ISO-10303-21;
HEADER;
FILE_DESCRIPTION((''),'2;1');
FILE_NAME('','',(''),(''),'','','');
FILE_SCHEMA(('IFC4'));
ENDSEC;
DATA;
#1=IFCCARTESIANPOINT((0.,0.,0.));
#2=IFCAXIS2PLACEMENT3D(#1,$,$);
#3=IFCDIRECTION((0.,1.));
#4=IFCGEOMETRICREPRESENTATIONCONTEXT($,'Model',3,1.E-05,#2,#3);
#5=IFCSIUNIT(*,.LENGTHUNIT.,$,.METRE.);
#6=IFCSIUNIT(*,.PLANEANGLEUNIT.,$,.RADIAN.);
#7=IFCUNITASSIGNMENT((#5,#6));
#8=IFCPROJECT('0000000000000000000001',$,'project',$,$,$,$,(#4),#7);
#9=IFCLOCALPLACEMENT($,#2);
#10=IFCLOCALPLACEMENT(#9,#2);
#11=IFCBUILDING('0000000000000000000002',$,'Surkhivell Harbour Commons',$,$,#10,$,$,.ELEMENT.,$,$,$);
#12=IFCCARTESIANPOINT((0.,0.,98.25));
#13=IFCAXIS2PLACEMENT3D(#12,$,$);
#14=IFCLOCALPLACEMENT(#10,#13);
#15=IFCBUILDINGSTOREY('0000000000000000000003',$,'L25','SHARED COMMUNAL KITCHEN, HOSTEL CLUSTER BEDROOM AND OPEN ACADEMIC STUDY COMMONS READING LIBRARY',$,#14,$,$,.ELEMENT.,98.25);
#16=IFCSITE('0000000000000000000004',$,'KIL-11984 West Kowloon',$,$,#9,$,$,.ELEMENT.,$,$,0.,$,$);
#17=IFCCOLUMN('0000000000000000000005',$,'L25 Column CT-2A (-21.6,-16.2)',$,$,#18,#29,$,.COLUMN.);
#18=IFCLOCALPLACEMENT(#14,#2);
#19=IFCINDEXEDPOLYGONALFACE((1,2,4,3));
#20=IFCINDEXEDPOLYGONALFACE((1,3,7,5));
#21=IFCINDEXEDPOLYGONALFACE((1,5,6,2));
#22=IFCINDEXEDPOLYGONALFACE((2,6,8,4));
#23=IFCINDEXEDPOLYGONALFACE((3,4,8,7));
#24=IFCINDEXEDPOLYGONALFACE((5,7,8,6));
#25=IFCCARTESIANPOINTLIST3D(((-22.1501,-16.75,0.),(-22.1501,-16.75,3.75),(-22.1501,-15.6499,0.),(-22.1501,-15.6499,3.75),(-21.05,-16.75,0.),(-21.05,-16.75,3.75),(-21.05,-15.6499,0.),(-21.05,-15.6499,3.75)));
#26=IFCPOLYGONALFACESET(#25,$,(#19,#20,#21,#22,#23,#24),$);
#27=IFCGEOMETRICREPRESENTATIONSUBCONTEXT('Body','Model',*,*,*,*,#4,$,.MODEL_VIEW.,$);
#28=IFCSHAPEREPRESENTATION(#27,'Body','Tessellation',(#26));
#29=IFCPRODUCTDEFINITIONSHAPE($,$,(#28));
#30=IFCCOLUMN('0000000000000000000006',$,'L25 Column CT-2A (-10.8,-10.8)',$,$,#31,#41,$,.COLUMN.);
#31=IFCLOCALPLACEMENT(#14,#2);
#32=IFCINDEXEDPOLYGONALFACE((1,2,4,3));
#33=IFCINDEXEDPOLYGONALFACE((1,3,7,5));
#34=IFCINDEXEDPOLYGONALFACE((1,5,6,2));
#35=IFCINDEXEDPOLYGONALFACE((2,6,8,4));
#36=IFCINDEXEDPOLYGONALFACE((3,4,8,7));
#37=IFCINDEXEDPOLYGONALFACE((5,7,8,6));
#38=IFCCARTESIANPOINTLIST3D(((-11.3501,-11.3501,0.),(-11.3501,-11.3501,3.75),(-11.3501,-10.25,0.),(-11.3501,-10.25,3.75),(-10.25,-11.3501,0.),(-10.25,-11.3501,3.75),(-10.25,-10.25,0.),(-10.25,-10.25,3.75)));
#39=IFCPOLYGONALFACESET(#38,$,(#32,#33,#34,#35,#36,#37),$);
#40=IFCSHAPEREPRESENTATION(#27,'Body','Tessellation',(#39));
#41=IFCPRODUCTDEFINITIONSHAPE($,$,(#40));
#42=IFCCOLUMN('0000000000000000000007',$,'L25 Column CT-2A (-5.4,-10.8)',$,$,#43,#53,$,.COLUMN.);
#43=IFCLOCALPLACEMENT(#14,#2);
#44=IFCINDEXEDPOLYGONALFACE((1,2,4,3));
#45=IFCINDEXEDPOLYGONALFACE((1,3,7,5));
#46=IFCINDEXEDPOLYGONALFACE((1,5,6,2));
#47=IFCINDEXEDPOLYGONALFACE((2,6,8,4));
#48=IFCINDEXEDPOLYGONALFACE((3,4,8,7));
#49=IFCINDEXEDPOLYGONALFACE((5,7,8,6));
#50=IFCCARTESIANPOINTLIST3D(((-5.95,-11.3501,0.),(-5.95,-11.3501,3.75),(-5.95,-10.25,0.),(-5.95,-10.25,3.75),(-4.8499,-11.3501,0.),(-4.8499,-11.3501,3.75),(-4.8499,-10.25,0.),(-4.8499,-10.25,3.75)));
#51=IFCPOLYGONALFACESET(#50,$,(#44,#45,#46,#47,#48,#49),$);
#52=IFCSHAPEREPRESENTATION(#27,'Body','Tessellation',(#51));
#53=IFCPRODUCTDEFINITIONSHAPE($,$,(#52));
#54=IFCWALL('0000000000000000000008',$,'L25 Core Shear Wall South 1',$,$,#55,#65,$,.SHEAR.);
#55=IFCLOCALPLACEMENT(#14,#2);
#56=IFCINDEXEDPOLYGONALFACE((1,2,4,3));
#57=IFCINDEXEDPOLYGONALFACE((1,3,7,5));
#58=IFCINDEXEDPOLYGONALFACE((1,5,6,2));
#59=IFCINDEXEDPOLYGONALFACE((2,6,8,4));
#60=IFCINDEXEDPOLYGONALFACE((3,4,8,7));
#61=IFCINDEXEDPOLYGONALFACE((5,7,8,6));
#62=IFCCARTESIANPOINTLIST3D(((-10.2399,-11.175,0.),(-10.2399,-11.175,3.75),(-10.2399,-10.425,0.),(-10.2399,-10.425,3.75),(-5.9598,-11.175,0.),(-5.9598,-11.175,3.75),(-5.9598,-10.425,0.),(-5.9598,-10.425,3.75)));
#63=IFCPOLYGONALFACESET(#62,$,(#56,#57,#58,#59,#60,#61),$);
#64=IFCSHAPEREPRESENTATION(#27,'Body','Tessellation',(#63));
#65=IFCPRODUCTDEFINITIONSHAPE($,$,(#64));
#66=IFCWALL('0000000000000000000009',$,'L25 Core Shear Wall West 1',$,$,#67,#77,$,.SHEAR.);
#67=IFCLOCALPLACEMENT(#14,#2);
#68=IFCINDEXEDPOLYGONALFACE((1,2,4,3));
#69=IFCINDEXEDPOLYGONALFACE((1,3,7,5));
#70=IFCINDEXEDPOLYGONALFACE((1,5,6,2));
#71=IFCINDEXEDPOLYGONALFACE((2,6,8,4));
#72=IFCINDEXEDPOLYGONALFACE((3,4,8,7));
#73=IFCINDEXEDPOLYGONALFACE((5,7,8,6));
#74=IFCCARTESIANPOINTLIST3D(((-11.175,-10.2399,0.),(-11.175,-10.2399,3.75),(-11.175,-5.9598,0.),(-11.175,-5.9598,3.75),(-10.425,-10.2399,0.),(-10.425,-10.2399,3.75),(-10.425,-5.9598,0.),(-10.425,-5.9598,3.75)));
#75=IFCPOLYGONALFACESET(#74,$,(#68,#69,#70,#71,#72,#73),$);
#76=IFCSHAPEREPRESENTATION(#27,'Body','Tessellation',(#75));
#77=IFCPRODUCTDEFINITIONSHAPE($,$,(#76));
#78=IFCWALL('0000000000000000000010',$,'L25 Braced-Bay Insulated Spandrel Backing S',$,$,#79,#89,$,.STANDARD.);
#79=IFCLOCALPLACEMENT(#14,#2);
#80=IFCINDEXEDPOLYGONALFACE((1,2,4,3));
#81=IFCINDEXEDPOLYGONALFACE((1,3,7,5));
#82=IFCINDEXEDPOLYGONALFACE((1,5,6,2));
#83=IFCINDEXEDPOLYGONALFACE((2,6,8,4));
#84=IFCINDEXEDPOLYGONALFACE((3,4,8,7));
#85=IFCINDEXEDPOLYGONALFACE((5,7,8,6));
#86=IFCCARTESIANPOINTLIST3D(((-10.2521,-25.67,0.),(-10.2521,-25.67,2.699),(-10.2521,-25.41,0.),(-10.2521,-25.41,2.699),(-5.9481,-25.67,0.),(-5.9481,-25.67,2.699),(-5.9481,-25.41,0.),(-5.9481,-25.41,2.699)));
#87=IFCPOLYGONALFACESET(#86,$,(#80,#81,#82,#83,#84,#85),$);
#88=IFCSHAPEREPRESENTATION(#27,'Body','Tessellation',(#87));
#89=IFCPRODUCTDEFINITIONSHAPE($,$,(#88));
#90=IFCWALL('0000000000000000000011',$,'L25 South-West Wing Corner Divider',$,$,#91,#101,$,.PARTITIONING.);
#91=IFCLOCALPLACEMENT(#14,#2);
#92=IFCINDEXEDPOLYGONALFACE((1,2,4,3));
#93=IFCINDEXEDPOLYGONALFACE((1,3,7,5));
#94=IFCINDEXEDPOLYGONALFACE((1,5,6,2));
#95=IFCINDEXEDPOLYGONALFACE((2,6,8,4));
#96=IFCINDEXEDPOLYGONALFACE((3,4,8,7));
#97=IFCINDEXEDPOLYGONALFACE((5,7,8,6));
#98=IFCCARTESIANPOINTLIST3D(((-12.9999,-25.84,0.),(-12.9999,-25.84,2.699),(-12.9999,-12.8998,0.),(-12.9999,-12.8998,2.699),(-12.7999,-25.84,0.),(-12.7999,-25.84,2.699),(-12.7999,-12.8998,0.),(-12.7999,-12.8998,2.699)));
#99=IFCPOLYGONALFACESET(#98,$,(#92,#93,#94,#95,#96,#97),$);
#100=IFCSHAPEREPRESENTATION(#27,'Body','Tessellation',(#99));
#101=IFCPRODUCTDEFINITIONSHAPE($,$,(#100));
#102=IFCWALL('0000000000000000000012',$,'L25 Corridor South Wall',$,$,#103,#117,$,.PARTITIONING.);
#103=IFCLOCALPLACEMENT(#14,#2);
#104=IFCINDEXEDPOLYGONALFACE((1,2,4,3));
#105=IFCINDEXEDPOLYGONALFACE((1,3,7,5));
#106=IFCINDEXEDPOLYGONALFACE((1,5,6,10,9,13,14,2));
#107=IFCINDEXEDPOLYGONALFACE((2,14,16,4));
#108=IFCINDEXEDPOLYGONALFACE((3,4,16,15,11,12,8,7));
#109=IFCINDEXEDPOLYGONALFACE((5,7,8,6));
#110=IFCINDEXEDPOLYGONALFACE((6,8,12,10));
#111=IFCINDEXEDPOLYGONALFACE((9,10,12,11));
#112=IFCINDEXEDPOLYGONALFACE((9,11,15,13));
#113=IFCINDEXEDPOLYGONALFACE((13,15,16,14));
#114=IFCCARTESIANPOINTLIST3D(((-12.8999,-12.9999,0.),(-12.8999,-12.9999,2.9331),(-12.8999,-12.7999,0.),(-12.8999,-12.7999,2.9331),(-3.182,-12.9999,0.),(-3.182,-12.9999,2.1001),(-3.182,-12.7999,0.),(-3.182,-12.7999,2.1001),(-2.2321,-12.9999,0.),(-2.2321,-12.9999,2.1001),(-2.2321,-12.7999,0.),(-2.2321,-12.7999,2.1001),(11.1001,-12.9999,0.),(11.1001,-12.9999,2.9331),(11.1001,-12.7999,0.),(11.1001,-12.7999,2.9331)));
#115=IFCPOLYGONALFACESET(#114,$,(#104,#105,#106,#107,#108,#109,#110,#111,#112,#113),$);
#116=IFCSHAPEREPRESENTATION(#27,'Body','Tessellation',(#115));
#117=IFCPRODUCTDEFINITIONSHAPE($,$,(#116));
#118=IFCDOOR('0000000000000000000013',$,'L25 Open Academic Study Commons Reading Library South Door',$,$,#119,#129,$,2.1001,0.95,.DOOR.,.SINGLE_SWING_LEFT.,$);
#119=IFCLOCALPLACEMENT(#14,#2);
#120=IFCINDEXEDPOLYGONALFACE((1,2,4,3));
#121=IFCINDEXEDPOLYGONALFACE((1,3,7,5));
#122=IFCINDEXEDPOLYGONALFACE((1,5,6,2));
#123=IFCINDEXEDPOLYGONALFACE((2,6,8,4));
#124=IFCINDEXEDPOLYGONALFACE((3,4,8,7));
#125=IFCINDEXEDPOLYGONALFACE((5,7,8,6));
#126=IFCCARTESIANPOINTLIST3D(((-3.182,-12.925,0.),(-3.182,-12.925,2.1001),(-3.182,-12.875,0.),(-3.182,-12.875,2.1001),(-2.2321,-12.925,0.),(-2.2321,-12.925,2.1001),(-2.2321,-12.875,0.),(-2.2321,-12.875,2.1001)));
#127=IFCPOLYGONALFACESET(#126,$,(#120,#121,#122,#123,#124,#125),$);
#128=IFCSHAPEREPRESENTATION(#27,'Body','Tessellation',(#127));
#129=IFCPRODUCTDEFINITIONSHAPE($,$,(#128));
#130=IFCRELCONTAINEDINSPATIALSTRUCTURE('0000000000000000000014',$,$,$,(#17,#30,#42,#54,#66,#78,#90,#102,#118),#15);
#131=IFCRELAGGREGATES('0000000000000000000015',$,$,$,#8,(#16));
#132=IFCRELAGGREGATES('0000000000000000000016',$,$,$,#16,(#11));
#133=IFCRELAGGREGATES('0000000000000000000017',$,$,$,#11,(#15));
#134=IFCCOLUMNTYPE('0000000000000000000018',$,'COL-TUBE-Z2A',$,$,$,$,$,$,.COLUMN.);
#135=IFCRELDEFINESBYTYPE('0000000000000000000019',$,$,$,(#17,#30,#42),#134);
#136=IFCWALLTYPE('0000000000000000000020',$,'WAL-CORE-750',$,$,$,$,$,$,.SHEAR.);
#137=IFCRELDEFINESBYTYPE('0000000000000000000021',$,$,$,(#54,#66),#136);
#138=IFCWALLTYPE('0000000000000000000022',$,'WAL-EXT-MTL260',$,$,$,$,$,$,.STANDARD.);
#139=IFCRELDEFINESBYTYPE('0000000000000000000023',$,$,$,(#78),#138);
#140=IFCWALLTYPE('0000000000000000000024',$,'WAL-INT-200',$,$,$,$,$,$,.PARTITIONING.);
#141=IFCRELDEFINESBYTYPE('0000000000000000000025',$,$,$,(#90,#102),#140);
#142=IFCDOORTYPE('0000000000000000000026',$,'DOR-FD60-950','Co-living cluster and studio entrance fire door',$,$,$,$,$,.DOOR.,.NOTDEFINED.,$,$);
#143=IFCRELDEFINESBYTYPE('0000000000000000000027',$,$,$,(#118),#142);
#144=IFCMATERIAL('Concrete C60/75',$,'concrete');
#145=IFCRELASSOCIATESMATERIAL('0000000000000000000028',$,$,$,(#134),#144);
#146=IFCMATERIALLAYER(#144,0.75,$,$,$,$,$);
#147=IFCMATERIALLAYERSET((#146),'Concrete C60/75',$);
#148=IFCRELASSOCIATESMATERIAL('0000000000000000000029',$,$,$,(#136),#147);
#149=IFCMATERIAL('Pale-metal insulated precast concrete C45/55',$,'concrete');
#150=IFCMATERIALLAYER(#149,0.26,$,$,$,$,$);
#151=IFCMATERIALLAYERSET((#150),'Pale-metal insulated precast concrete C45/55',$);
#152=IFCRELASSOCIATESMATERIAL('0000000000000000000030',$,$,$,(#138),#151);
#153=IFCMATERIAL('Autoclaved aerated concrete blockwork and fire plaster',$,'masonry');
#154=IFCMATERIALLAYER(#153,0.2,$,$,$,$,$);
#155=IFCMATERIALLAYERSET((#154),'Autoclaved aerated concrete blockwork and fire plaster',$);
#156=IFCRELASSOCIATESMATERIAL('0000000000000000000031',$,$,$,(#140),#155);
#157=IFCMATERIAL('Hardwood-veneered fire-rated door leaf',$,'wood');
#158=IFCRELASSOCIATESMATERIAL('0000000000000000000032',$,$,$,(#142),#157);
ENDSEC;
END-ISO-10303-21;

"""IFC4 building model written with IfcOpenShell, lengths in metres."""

from ifc_helpers import new_model, si_unit, direction, frame, frame_2d, origin, origin_2d, place, context, subcontext, project, spatial, rectangle, extrude, material, layer, layer_set, material_profile, profile_set, type_object, element, fill, save


model = new_model("IFC4")

# Units and contexts
model_context = context("Model", 3, precision=1e-05, world=origin(), true_north=direction((0.0, 1.0)))
body_context = subcontext(model_context, "Body", "Model", "MODEL_VIEW")
ifc_project = project(units=[si_unit("LENGTHUNIT", "METRE"), si_unit("PLANEANGLEUNIT", "RADIAN")], contexts=[model_context])

# Site, building, storey
site_placement = place(None, origin())
site = spatial("IfcSite", under=ifc_project, at=site_placement, Name="KIL-11984 West Kowloon", CompositionType="ELEMENT", RefElevation=0.0)
building_placement = place(site_placement, origin())
building = spatial("IfcBuilding", under=site, at=building_placement, Name="Surkhivell Harbour Commons", CompositionType="ELEMENT")
storey_placement = place(building_placement, frame((0.0, 0.0, 98.25)))
storey = spatial("IfcBuildingStorey", under=building, at=storey_placement, Name="L25", Description="SHARED COMMUNAL KITCHEN, HOSTEL CLUSTER BEDROOM AND OPEN ACADEMIC STUDY COMMONS READING LIBRARY", CompositionType="ELEMENT", Elevation=98.25)

# Columns
ifc_material_1 = material(Name="Concrete C60/75", Category="concrete")
ifc_material_profile = material_profile(ifc_material_1, rectangle(XDim=1.1001, YDim=1.1001, at=origin_2d()), Name="RC-COL-1100x1100")
ifc_profile_set = profile_set([ifc_material_profile], Name="Concrete C60/75")
column_type = type_object("IfcColumnType", Name="COL-TUBE-Z2A", PredefinedType="COLUMN", material=ifc_profile_set)
for number, where, z_axis, x_axis, name in (
    (1, (-21.6001, -16.2, 0.0), (0.0, 0.0, 1.0), (1.0, 0.0, 0.0), "L25 Column CT-2A (-21.6,-16.2)"),
    (2, (-10.8, -10.8, 0.0), (0.0, 0.0, 1.0), (1.0, 0.0, 0.0), "L25 Column CT-2A (-10.8,-10.8)"),
    (3, (-5.3999, -10.8, 0.0), (0.0, 0.0, 1.0), (1.0, 0.0, 0.0), "L25 Column CT-2A (-5.4,-10.8)"),
):
    element("IfcColumn", number, at=place(storey_placement, frame(where, z_axis=z_axis, x_axis=x_axis)), inside=storey, type_object=column_type, Name=name, PredefinedType="COLUMN", context=body_context, shape_type="SweptSolid", body=[
        extrude(rectangle(XDim=1.1001, YDim=1.1001, at=origin_2d()), origin(), (0.0, 0.0, 1.0), 3.75),
    ])

# Walls
ifc_layer_1 = layer(ifc_material_1, 0.75)
ifc_layer_set_1 = layer_set([ifc_layer_1], Name="Concrete C60/75")
wall_type_1 = type_object("IfcWallType", Name="WAL-CORE-750", PredefinedType="SHEAR", material=ifc_layer_set_1)
for number, where, z_axis, x_axis, name in (
    (4, (-10.24, -10.8, 0.0), (0.0, 0.0, 1.0), (1.0, 0.0, 0.0), "L25 Core Shear Wall South 1"),
    (5, (-10.8, -10.24, 0.0), (0.0, 0.0, 1.0), (0.0, 1.0, 0.0), "L25 Core Shear Wall West 1"),
):
    element("IfcWall", number, at=place(storey_placement, frame(where, z_axis=z_axis, x_axis=x_axis)), inside=storey, type_object=wall_type_1, Name=name, PredefinedType="SHEAR", context=body_context, shape_type="SweptSolid", body=[
        extrude(rectangle(XDim=4.28, YDim=0.75, at=frame_2d((2.1401, 0.0))), origin(), (0.0, 0.0, 1.0), 3.75),
    ])
ifc_material_2 = material(Name="Pale-metal insulated precast concrete C45/55", Category="concrete")
ifc_layer_2 = layer(ifc_material_2, 0.26)
ifc_layer_set_2 = layer_set([ifc_layer_2], Name="Pale-metal insulated precast concrete C45/55")
wall_type_2 = type_object("IfcWallType", Name="WAL-EXT-MTL260", PredefinedType="STANDARD", material=ifc_layer_set_2)
wall_1_placement = place(storey_placement, frame((-10.252, -25.54, 0.0), z_axis=(0.0, 0.0, 1.0), x_axis=(1.0, 0.0, 0.0)))
element("IfcWall", 6, at=wall_1_placement, inside=storey, type_object=wall_type_2, Name="L25 Braced-Bay Insulated Spandrel Backing S", PredefinedType="STANDARD", context=body_context, shape_type="SweptSolid", body=[
    extrude(rectangle(XDim=4.304, YDim=0.26, at=frame_2d((2.1519, 0.0))), origin(), (0.0, 0.0, 1.0), 2.699),
])
ifc_material_3 = material(Name="Autoclaved aerated concrete blockwork and fire plaster", Category="masonry")
ifc_layer_3 = layer(ifc_material_3, 0.2)
ifc_layer_set_3 = layer_set([ifc_layer_3], Name="Autoclaved aerated concrete blockwork and fire plaster")
wall_type_3 = type_object("IfcWallType", Name="WAL-INT-200", PredefinedType="PARTITIONING", material=ifc_layer_set_3)
wall_2_placement = place(storey_placement, frame((-12.8999, -25.8401, 0.0), z_axis=(0.0, 0.0, 1.0), x_axis=(0.0, 1.0, 0.0)))
element("IfcWall", 7, at=wall_2_placement, inside=storey, type_object=wall_type_3, Name="L25 South-West Wing Corner Divider", PredefinedType="PARTITIONING", context=body_context, shape_type="SweptSolid", body=[
    extrude(rectangle(XDim=12.9402, YDim=0.2, at=frame_2d((6.4702, 0.0))), origin(), (0.0, 0.0, 1.0), 2.699),
])

# Wall, opening, door
wall_3_placement = place(storey_placement, frame((-12.8999, -12.8999, 0.0), z_axis=(0.0, 0.0, 1.0), x_axis=(1.0, 0.0, 0.0)))
wall_3 = element("IfcWall", 8, at=wall_3_placement, inside=storey, type_object=wall_type_3, Name="L25 Corridor South Wall", PredefinedType="PARTITIONING", context=body_context, shape_type="SweptSolid", body=[
    extrude(rectangle(XDim=24.0, YDim=0.2, at=frame_2d((12.0, 0.0))), origin(), (0.0, 0.0, 1.0), 2.9331),
])
opening_1_placement = place(wall_3_placement, frame((9.7178, 0.0, 0.0)))
opening_1 = element("IfcOpeningElement", 9, at=opening_1_placement, cuts=wall_3, PredefinedType="OPENING", context=body_context, shape_type="SweptSolid", body=[
    extrude(rectangle(XDim=0.95, YDim=2.1001, at=frame_2d((0.4751, 1.05))), frame((0.0, 0.1099, 0.0), z_axis=(0.0, -1.0, 0.0), x_axis=(1.0, 0.0, 0.0)), (0.0, 0.0, 1.0), 0.22),
])
ifc_material_4 = material(Name="Hardwood-veneered fire-rated door leaf", Category="wood")
door_type_1 = type_object("IfcDoorType", Name="DOR-FD60-950", Description="Co-living cluster and studio entrance fire door", OperationType="NOTDEFINED", PredefinedType="DOOR", material=ifc_material_4)
door_1_placement = place(opening_1_placement, origin())
door_1 = element("IfcDoor", 10, at=door_1_placement, inside=storey, type_object=door_type_1, Name="L25 Open Academic Study Commons Reading Library South Door", OperationType="SINGLE_SWING_LEFT", OverallHeight=2.1001, OverallWidth=0.95, PredefinedType="DOOR", context=body_context, shape_type="SweptSolid", body=[
    extrude(rectangle(XDim=0.95, YDim=2.1001, at=frame_2d((0.4751, 1.05))), frame((0.0, 0.0249, 0.0), z_axis=(0.0, -1.0, 0.0), x_axis=(1.0, 0.0, 0.0)), (0.0, 0.0, 1.0), 0.05),
])
fill(opening_1, door_1)

save(model, "model.ifc")
